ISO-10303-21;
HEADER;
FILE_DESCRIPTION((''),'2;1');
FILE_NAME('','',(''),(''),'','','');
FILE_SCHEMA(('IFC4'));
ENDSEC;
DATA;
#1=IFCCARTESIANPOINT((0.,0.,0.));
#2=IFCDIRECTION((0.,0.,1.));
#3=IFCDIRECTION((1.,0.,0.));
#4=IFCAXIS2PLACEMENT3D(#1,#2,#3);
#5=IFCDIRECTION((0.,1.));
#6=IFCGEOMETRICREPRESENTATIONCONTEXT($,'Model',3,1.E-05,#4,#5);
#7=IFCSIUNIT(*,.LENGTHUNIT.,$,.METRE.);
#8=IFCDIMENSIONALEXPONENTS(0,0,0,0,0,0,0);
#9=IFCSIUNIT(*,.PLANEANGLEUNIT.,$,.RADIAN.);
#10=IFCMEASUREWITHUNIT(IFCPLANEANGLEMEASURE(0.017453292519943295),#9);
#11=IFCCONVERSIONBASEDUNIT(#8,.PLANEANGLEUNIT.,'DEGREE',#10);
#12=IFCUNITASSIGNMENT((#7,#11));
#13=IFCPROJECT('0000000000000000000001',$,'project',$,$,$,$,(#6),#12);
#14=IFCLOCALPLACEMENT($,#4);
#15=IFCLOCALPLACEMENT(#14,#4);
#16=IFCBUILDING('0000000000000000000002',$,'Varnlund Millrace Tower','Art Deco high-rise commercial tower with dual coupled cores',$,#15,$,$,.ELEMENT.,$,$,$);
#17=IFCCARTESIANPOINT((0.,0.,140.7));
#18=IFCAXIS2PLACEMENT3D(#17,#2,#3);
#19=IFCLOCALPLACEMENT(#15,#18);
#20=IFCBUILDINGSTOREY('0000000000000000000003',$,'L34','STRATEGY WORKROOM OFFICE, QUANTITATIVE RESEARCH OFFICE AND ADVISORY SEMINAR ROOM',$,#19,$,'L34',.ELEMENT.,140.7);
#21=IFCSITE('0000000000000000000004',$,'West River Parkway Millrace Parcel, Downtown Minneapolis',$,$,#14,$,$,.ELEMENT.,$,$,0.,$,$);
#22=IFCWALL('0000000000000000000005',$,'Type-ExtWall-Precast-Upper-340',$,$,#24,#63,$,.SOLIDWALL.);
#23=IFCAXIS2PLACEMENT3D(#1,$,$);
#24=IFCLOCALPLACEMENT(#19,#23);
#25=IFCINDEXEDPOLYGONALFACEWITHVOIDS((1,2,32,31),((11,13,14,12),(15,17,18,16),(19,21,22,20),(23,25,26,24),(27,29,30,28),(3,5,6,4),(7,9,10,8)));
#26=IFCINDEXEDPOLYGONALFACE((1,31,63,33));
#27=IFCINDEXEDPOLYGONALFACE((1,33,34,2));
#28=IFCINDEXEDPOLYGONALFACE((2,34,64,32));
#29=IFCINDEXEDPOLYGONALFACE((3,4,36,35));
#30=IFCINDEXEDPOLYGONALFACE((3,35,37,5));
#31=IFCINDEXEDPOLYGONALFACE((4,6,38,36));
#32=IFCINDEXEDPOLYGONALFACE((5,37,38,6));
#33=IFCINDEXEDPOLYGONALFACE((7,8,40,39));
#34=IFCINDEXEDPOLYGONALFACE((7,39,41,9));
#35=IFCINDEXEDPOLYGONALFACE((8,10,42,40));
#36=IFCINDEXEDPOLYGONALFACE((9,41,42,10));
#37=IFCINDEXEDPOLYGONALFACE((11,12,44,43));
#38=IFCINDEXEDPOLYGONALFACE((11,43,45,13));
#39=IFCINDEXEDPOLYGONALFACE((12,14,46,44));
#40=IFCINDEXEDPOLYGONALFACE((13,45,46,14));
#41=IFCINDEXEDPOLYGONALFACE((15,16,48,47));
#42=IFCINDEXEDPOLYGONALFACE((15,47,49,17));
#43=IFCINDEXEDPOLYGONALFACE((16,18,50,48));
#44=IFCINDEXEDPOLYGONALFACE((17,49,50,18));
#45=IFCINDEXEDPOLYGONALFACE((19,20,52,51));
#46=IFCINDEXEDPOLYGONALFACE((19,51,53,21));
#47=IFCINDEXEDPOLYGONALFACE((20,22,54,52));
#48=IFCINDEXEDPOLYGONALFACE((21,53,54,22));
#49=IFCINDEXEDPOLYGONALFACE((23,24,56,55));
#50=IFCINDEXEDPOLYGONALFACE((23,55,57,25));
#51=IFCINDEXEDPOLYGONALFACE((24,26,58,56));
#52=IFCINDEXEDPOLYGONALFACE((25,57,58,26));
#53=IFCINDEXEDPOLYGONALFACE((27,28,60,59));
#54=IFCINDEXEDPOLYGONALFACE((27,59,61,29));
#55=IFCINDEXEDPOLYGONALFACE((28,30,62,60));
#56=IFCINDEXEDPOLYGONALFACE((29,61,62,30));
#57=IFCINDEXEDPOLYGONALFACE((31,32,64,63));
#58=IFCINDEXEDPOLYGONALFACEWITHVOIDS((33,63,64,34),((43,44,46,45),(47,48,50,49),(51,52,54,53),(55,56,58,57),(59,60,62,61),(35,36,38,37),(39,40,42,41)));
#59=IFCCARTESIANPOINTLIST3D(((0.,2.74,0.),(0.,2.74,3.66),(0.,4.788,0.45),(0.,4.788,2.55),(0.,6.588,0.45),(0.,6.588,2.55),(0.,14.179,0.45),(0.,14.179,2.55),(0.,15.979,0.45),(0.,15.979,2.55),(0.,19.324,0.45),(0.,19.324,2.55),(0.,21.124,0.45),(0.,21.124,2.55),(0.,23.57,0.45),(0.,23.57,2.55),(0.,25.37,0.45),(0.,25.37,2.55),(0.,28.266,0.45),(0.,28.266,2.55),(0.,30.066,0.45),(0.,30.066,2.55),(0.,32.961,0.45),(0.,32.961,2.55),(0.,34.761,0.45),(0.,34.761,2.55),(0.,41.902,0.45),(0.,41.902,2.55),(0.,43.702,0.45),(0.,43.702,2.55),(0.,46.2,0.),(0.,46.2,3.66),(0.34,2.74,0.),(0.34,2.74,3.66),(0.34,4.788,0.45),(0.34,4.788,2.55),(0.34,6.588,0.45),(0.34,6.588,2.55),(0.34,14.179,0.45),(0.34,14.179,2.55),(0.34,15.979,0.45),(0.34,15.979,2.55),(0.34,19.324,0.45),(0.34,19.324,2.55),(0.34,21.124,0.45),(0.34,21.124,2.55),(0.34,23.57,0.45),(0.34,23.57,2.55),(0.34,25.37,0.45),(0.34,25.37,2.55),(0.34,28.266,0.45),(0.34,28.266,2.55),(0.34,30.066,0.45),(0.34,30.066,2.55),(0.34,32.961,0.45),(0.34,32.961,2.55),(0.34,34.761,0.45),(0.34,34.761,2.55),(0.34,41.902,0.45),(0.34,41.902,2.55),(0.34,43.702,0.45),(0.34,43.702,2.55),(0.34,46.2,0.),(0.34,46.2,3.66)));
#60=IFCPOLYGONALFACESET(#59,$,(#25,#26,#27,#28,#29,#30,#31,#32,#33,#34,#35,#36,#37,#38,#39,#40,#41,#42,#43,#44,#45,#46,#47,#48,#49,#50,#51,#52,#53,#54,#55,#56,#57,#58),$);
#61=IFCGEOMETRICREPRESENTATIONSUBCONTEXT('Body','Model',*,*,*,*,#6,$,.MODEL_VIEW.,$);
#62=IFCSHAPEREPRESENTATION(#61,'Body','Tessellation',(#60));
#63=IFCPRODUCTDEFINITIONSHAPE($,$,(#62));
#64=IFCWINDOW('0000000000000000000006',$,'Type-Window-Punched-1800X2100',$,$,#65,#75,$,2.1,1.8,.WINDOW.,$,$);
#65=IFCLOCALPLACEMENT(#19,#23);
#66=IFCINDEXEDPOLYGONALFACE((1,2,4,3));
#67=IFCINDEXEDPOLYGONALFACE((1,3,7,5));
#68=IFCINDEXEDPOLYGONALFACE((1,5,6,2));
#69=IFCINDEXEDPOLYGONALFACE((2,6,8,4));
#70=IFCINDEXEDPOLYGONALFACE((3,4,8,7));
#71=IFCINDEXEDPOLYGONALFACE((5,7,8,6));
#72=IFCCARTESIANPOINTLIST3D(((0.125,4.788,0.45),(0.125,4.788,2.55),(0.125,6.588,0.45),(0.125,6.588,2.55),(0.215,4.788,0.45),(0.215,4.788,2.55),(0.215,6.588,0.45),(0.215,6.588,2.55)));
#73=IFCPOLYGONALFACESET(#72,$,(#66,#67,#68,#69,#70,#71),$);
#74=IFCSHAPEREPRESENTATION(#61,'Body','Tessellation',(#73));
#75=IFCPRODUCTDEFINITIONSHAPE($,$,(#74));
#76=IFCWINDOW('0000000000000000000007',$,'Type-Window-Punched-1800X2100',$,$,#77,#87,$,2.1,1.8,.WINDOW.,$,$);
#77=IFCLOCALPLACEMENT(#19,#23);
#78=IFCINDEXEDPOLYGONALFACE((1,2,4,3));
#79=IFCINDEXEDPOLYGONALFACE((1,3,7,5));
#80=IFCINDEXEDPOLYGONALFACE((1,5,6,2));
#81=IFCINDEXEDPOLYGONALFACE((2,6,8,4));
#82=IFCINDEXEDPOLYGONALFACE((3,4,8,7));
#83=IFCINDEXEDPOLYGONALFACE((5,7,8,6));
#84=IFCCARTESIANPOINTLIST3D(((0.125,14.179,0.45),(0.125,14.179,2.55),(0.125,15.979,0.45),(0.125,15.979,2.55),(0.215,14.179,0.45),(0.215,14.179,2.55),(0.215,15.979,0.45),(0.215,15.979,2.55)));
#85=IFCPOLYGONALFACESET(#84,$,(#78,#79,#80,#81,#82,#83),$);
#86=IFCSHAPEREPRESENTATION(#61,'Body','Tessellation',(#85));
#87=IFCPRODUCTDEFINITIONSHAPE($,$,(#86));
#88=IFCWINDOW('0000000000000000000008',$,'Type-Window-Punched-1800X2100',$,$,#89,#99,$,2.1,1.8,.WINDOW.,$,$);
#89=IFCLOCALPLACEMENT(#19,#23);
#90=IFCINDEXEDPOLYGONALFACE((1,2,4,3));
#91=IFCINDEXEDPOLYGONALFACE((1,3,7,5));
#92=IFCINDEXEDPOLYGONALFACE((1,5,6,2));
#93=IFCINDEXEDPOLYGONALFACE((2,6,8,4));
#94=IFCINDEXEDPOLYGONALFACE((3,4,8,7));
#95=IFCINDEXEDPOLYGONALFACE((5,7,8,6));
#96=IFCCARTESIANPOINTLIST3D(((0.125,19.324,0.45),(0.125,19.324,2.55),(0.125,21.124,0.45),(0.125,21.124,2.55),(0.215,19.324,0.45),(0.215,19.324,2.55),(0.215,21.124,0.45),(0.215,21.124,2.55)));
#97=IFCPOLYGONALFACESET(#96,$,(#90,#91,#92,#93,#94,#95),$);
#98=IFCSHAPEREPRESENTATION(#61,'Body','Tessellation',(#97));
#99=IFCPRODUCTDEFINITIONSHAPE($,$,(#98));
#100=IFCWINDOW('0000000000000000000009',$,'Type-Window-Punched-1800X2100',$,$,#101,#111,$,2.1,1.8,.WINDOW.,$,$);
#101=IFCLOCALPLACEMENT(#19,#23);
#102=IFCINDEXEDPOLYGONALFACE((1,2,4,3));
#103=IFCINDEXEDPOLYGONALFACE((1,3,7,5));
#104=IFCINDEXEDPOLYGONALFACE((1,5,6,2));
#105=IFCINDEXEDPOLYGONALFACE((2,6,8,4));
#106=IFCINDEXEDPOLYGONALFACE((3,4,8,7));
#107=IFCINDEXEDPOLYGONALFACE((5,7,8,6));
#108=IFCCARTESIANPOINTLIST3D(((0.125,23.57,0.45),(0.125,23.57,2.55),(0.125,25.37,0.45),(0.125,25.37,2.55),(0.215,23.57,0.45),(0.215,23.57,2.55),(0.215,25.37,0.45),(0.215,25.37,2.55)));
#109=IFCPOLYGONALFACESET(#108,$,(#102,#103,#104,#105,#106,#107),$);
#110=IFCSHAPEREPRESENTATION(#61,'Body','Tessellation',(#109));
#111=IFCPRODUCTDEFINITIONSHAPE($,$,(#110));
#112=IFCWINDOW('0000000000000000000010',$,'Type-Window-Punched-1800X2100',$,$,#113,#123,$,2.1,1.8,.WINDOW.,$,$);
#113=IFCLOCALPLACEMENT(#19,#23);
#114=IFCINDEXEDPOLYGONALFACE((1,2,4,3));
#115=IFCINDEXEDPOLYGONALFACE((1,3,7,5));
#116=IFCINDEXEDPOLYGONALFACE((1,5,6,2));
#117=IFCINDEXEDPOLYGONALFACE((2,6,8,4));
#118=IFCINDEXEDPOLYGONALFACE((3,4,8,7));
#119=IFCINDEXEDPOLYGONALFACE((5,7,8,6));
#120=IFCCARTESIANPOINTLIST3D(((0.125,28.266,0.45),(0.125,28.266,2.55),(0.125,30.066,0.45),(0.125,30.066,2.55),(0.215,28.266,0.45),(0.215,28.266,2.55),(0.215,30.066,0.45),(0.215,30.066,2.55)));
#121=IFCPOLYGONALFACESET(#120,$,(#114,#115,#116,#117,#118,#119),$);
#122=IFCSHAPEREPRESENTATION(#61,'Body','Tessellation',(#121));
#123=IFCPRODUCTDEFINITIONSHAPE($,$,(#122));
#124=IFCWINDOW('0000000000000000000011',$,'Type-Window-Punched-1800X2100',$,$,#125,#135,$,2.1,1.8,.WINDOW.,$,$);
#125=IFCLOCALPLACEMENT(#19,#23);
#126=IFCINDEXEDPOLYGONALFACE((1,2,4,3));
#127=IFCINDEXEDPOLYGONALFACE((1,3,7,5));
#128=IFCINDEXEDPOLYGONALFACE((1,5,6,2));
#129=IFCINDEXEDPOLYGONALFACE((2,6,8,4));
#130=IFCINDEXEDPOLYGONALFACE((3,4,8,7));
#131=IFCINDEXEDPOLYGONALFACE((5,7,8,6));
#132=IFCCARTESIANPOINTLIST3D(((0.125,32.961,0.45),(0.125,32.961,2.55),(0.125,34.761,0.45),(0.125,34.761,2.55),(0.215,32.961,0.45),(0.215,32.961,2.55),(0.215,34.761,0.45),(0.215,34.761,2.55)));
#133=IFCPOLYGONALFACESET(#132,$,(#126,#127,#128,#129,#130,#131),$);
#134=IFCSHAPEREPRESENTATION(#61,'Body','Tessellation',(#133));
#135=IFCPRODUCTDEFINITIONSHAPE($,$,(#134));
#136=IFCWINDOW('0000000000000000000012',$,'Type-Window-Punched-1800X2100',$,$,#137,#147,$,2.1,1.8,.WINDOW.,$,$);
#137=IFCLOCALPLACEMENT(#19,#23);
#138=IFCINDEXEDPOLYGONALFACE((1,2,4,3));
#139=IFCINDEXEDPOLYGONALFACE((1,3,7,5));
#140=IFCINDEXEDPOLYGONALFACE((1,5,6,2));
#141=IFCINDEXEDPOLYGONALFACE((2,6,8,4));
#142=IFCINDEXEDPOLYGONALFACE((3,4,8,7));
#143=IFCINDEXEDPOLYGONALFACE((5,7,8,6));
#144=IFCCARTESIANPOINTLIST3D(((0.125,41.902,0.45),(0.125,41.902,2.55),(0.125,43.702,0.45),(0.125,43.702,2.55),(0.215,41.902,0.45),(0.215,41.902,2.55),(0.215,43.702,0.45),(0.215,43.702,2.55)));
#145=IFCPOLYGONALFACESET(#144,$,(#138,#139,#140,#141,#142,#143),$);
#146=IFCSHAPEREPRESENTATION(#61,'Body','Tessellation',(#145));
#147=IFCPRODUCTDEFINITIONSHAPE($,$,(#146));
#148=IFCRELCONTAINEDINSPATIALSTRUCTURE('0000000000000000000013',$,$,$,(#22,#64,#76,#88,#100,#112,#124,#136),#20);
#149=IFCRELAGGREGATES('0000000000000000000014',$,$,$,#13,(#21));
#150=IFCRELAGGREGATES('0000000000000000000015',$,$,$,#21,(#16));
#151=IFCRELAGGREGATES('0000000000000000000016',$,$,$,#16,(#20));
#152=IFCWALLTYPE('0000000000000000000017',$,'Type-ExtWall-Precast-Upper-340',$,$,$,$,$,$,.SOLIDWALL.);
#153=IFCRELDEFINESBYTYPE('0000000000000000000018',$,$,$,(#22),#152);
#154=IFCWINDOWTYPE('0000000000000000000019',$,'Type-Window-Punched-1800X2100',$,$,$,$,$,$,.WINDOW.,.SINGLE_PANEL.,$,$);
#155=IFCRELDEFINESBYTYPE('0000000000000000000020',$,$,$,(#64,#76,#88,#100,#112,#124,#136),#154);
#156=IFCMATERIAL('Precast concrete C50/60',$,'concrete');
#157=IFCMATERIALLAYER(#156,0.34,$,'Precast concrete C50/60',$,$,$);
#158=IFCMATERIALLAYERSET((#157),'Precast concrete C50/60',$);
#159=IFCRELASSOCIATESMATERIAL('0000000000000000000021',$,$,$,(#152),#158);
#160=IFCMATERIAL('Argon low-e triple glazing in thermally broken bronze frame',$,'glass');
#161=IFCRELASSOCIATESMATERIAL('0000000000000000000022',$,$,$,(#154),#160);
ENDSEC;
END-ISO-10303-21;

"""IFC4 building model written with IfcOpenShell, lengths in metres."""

from ifc_helpers import new_model, entity, si_unit, converted_unit, direction, frame, origin_with_axes, origin_2d_with_axis, place, context, subcontext, project, spatial, polyline, rectangle, outline, extrude, material, layer, layer_set, type_object, element, fill, save


model = new_model("IFC4")

# Units and contexts
model_context = context("Model", 3, precision=1e-05, world=origin_with_axes(), true_north=direction((0.0, 1.0)))
body_context = subcontext(model_context, "Body", "Model", "MODEL_VIEW")
ifc_project = project(units=[si_unit("LENGTHUNIT", "METRE"), converted_unit("PLANEANGLEUNIT", "DEGREE", entity("IfcPlaneAngleMeasure", 0.017453292519943295), si_unit("PLANEANGLEUNIT", "RADIAN"), dimensions=[0, 0, 0, 0, 0, 0, 0])], contexts=[model_context])

# Site, building, storey
site_placement = place(None, origin_with_axes())
site = spatial("IfcSite", under=ifc_project, at=site_placement, Name="West River Parkway Millrace Parcel, Downtown Minneapolis", CompositionType="ELEMENT", RefElevation=0.0)
building_placement = place(site_placement, origin_with_axes())
building = spatial("IfcBuilding", under=site, at=building_placement, Name="Varnlund Millrace Tower", Description="Art Deco high-rise commercial tower with dual coupled cores", CompositionType="ELEMENT")
storey_placement = place(building_placement, frame((0.0, 0.0, 140.7), z_axis=(0.0, 0.0, 1.0), x_axis=(1.0, 0.0, 0.0)))
storey = spatial("IfcBuildingStorey", under=building, at=storey_placement, Name="L34", Description="STRATEGY WORKROOM OFFICE, QUANTITATIVE RESEARCH OFFICE AND ADVISORY SEMINAR ROOM", LongName="L34", CompositionType="ELEMENT", Elevation=140.7)

# Shared definitions
ifc_material_1 = material(Name="Precast concrete C50/60", Category="concrete")
ifc_layer_1 = layer(ifc_material_1, 0.34, Name="Precast concrete C50/60")
ifc_layer_set_1 = layer_set([ifc_layer_1], Name="Precast concrete C50/60")
wall_type = type_object("IfcWallType", Name="Type-ExtWall-Precast-Upper-340", PredefinedType="SOLIDWALL", material=ifc_layer_set_1)

# Wall, openings, windows
wall_1_placement = place(storey_placement, frame((0.17, 2.74, 0.0), z_axis=(0.0, 0.0, 1.0), x_axis=(0.0, 1.0, 0.0)))
wall_1 = element("IfcWall", 1, at=wall_1_placement, inside=storey, type_object=wall_type, Name="Type-ExtWall-Precast-Upper-340", PredefinedType="SOLIDWALL", context=body_context, shape_type="SweptSolid", body=[
    extrude(outline(polyline([(0.0, -0.17), (43.46, -0.17), (43.46, 0.17), (0.0, 0.17), (0.0, -0.17)])), origin_with_axes(), (0.0, 0.0, 1.0), 3.66),
])
opening_1_placement = place(wall_1_placement, frame((2.948, 0.0, 0.45), z_axis=(0.0, 0.0, 1.0), x_axis=(1.0, 0.0, 0.0)))
opening_1 = element("IfcOpeningElement", 2, at=opening_1_placement, cuts=wall_1, PredefinedType="OPENING", context=body_context, shape_type="SweptSolid", body=[
    extrude(rectangle(XDim=1.8, YDim=0.36, at=origin_2d_with_axis()), origin_with_axes(), (0.0, 0.0, 1.0), 2.1),
])
opening_2_placement = place(wall_1_placement, frame((12.339, 0.0, 0.45), z_axis=(0.0, 0.0, 1.0), x_axis=(1.0, 0.0, 0.0)))
opening_2 = element("IfcOpeningElement", 3, at=opening_2_placement, cuts=wall_1, PredefinedType="OPENING", context=body_context, shape_type="SweptSolid", body=[
    extrude(rectangle(XDim=1.8, YDim=0.36, at=origin_2d_with_axis()), origin_with_axes(), (0.0, 0.0, 1.0), 2.1),
])
opening_3_placement = place(wall_1_placement, frame((17.484, 0.0, 0.45), z_axis=(0.0, 0.0, 1.0), x_axis=(1.0, 0.0, 0.0)))
opening_3 = element("IfcOpeningElement", 4, at=opening_3_placement, cuts=wall_1, PredefinedType="OPENING", context=body_context, shape_type="SweptSolid", body=[
    extrude(rectangle(XDim=1.8, YDim=0.36, at=origin_2d_with_axis()), origin_with_axes(), (0.0, 0.0, 1.0), 2.1),
])
opening_4_placement = place(wall_1_placement, frame((21.73, 0.0, 0.45), z_axis=(0.0, 0.0, 1.0), x_axis=(1.0, 0.0, 0.0)))
opening_4 = element("IfcOpeningElement", 5, at=opening_4_placement, cuts=wall_1, PredefinedType="OPENING", context=body_context, shape_type="SweptSolid", body=[
    extrude(rectangle(XDim=1.8, YDim=0.36, at=origin_2d_with_axis()), origin_with_axes(), (0.0, 0.0, 1.0), 2.1),
])
opening_5_placement = place(wall_1_placement, frame((26.426, 0.0, 0.45), z_axis=(0.0, 0.0, 1.0), x_axis=(1.0, 0.0, 0.0)))
opening_5 = element("IfcOpeningElement", 6, at=opening_5_placement, cuts=wall_1, PredefinedType="OPENING", context=body_context, shape_type="SweptSolid", body=[
    extrude(rectangle(XDim=1.8, YDim=0.36, at=origin_2d_with_axis()), origin_with_axes(), (0.0, 0.0, 1.0), 2.1),
])
opening_6_placement = place(wall_1_placement, frame((31.121, 0.0, 0.45), z_axis=(0.0, 0.0, 1.0), x_axis=(1.0, 0.0, 0.0)))
opening_6 = element("IfcOpeningElement", 7, at=opening_6_placement, cuts=wall_1, PredefinedType="OPENING", context=body_context, shape_type="SweptSolid", body=[
    extrude(rectangle(XDim=1.8, YDim=0.36, at=origin_2d_with_axis()), origin_with_axes(), (0.0, 0.0, 1.0), 2.1),
])
opening_7_placement = place(wall_1_placement, frame((40.062, 0.0, 0.45), z_axis=(0.0, 0.0, 1.0), x_axis=(1.0, 0.0, 0.0)))
opening_7 = element("IfcOpeningElement", 8, at=opening_7_placement, cuts=wall_1, PredefinedType="OPENING", context=body_context, shape_type="SweptSolid", body=[
    extrude(rectangle(XDim=1.8, YDim=0.36, at=origin_2d_with_axis()), origin_with_axes(), (0.0, 0.0, 1.0), 2.1),
])
ifc_material_2 = material(Name="Argon low-e triple glazing in thermally broken bronze frame", Category="glass")
window_type = type_object("IfcWindowType", Name="Type-Window-Punched-1800X2100", PartitioningType="SINGLE_PANEL", PredefinedType="WINDOW", material=ifc_material_2)
window_1_placement = place(wall_1_placement, frame((2.948, 0.0, 0.45), z_axis=(0.0, 0.0, 1.0), x_axis=(1.0, 0.0, 0.0)))
window_1 = element("IfcWindow", 9, at=window_1_placement, inside=storey, type_object=window_type, Name="Type-Window-Punched-1800X2100", OverallHeight=2.1, OverallWidth=1.8, PredefinedType="WINDOW", context=body_context, shape_type="SweptSolid", body=[
    extrude(rectangle(XDim=1.8, YDim=0.09, at=origin_2d_with_axis()), origin_with_axes(), (0.0, 0.0, 1.0), 2.1),
])
fill(opening_1, window_1)
window_2_placement = place(wall_1_placement, frame((12.339, 0.0, 0.45), z_axis=(0.0, 0.0, 1.0), x_axis=(1.0, 0.0, 0.0)))
window_2 = element("IfcWindow", 10, at=window_2_placement, inside=storey, type_object=window_type, Name="Type-Window-Punched-1800X2100", OverallHeight=2.1, OverallWidth=1.8, PredefinedType="WINDOW", context=body_context, shape_type="SweptSolid", body=[
    extrude(rectangle(XDim=1.8, YDim=0.09, at=origin_2d_with_axis()), origin_with_axes(), (0.0, 0.0, 1.0), 2.1),
])
fill(opening_2, window_2)
window_3_placement = place(wall_1_placement, frame((17.484, 0.0, 0.45), z_axis=(0.0, 0.0, 1.0), x_axis=(1.0, 0.0, 0.0)))
window_3 = element("IfcWindow", 11, at=window_3_placement, inside=storey, type_object=window_type, Name="Type-Window-Punched-1800X2100", OverallHeight=2.1, OverallWidth=1.8, PredefinedType="WINDOW", context=body_context, shape_type="SweptSolid", body=[
    extrude(rectangle(XDim=1.8, YDim=0.09, at=origin_2d_with_axis()), origin_with_axes(), (0.0, 0.0, 1.0), 2.1),
])
fill(opening_3, window_3)
window_4_placement = place(wall_1_placement, frame((21.73, 0.0, 0.45), z_axis=(0.0, 0.0, 1.0), x_axis=(1.0, 0.0, 0.0)))
window_4 = element("IfcWindow", 12, at=window_4_placement, inside=storey, type_object=window_type, Name="Type-Window-Punched-1800X2100", OverallHeight=2.1, OverallWidth=1.8, PredefinedType="WINDOW", context=body_context, shape_type="SweptSolid", body=[
    extrude(rectangle(XDim=1.8, YDim=0.09, at=origin_2d_with_axis()), origin_with_axes(), (0.0, 0.0, 1.0), 2.1),
])
fill(opening_4, window_4)
window_5_placement = place(wall_1_placement, frame((26.426, 0.0, 0.45), z_axis=(0.0, 0.0, 1.0), x_axis=(1.0, 0.0, 0.0)))
window_5 = element("IfcWindow", 13, at=window_5_placement, inside=storey, type_object=window_type, Name="Type-Window-Punched-1800X2100", OverallHeight=2.1, OverallWidth=1.8, PredefinedType="WINDOW", context=body_context, shape_type="SweptSolid", body=[
    extrude(rectangle(XDim=1.8, YDim=0.09, at=origin_2d_with_axis()), origin_with_axes(), (0.0, 0.0, 1.0), 2.1),
])
fill(opening_5, window_5)
window_6_placement = place(wall_1_placement, frame((31.121, 0.0, 0.45), z_axis=(0.0, 0.0, 1.0), x_axis=(1.0, 0.0, 0.0)))
window_6 = element("IfcWindow", 14, at=window_6_placement, inside=storey, type_object=window_type, Name="Type-Window-Punched-1800X2100", OverallHeight=2.1, OverallWidth=1.8, PredefinedType="WINDOW", context=body_context, shape_type="SweptSolid", body=[
    extrude(rectangle(XDim=1.8, YDim=0.09, at=origin_2d_with_axis()), origin_with_axes(), (0.0, 0.0, 1.0), 2.1),
])
fill(opening_6, window_6)
window_7_placement = place(wall_1_placement, frame((40.062, 0.0, 0.45), z_axis=(0.0, 0.0, 1.0), x_axis=(1.0, 0.0, 0.0)))
window_7 = element("IfcWindow", 15, at=window_7_placement, inside=storey, type_object=window_type, Name="Type-Window-Punched-1800X2100", OverallHeight=2.1, OverallWidth=1.8, PredefinedType="WINDOW", context=body_context, shape_type="SweptSolid", body=[
    extrude(rectangle(XDim=1.8, YDim=0.09, at=origin_2d_with_axis()), origin_with_axes(), (0.0, 0.0, 1.0), 2.1),
])
fill(opening_7, window_7)

save(model, "model.ifc")
